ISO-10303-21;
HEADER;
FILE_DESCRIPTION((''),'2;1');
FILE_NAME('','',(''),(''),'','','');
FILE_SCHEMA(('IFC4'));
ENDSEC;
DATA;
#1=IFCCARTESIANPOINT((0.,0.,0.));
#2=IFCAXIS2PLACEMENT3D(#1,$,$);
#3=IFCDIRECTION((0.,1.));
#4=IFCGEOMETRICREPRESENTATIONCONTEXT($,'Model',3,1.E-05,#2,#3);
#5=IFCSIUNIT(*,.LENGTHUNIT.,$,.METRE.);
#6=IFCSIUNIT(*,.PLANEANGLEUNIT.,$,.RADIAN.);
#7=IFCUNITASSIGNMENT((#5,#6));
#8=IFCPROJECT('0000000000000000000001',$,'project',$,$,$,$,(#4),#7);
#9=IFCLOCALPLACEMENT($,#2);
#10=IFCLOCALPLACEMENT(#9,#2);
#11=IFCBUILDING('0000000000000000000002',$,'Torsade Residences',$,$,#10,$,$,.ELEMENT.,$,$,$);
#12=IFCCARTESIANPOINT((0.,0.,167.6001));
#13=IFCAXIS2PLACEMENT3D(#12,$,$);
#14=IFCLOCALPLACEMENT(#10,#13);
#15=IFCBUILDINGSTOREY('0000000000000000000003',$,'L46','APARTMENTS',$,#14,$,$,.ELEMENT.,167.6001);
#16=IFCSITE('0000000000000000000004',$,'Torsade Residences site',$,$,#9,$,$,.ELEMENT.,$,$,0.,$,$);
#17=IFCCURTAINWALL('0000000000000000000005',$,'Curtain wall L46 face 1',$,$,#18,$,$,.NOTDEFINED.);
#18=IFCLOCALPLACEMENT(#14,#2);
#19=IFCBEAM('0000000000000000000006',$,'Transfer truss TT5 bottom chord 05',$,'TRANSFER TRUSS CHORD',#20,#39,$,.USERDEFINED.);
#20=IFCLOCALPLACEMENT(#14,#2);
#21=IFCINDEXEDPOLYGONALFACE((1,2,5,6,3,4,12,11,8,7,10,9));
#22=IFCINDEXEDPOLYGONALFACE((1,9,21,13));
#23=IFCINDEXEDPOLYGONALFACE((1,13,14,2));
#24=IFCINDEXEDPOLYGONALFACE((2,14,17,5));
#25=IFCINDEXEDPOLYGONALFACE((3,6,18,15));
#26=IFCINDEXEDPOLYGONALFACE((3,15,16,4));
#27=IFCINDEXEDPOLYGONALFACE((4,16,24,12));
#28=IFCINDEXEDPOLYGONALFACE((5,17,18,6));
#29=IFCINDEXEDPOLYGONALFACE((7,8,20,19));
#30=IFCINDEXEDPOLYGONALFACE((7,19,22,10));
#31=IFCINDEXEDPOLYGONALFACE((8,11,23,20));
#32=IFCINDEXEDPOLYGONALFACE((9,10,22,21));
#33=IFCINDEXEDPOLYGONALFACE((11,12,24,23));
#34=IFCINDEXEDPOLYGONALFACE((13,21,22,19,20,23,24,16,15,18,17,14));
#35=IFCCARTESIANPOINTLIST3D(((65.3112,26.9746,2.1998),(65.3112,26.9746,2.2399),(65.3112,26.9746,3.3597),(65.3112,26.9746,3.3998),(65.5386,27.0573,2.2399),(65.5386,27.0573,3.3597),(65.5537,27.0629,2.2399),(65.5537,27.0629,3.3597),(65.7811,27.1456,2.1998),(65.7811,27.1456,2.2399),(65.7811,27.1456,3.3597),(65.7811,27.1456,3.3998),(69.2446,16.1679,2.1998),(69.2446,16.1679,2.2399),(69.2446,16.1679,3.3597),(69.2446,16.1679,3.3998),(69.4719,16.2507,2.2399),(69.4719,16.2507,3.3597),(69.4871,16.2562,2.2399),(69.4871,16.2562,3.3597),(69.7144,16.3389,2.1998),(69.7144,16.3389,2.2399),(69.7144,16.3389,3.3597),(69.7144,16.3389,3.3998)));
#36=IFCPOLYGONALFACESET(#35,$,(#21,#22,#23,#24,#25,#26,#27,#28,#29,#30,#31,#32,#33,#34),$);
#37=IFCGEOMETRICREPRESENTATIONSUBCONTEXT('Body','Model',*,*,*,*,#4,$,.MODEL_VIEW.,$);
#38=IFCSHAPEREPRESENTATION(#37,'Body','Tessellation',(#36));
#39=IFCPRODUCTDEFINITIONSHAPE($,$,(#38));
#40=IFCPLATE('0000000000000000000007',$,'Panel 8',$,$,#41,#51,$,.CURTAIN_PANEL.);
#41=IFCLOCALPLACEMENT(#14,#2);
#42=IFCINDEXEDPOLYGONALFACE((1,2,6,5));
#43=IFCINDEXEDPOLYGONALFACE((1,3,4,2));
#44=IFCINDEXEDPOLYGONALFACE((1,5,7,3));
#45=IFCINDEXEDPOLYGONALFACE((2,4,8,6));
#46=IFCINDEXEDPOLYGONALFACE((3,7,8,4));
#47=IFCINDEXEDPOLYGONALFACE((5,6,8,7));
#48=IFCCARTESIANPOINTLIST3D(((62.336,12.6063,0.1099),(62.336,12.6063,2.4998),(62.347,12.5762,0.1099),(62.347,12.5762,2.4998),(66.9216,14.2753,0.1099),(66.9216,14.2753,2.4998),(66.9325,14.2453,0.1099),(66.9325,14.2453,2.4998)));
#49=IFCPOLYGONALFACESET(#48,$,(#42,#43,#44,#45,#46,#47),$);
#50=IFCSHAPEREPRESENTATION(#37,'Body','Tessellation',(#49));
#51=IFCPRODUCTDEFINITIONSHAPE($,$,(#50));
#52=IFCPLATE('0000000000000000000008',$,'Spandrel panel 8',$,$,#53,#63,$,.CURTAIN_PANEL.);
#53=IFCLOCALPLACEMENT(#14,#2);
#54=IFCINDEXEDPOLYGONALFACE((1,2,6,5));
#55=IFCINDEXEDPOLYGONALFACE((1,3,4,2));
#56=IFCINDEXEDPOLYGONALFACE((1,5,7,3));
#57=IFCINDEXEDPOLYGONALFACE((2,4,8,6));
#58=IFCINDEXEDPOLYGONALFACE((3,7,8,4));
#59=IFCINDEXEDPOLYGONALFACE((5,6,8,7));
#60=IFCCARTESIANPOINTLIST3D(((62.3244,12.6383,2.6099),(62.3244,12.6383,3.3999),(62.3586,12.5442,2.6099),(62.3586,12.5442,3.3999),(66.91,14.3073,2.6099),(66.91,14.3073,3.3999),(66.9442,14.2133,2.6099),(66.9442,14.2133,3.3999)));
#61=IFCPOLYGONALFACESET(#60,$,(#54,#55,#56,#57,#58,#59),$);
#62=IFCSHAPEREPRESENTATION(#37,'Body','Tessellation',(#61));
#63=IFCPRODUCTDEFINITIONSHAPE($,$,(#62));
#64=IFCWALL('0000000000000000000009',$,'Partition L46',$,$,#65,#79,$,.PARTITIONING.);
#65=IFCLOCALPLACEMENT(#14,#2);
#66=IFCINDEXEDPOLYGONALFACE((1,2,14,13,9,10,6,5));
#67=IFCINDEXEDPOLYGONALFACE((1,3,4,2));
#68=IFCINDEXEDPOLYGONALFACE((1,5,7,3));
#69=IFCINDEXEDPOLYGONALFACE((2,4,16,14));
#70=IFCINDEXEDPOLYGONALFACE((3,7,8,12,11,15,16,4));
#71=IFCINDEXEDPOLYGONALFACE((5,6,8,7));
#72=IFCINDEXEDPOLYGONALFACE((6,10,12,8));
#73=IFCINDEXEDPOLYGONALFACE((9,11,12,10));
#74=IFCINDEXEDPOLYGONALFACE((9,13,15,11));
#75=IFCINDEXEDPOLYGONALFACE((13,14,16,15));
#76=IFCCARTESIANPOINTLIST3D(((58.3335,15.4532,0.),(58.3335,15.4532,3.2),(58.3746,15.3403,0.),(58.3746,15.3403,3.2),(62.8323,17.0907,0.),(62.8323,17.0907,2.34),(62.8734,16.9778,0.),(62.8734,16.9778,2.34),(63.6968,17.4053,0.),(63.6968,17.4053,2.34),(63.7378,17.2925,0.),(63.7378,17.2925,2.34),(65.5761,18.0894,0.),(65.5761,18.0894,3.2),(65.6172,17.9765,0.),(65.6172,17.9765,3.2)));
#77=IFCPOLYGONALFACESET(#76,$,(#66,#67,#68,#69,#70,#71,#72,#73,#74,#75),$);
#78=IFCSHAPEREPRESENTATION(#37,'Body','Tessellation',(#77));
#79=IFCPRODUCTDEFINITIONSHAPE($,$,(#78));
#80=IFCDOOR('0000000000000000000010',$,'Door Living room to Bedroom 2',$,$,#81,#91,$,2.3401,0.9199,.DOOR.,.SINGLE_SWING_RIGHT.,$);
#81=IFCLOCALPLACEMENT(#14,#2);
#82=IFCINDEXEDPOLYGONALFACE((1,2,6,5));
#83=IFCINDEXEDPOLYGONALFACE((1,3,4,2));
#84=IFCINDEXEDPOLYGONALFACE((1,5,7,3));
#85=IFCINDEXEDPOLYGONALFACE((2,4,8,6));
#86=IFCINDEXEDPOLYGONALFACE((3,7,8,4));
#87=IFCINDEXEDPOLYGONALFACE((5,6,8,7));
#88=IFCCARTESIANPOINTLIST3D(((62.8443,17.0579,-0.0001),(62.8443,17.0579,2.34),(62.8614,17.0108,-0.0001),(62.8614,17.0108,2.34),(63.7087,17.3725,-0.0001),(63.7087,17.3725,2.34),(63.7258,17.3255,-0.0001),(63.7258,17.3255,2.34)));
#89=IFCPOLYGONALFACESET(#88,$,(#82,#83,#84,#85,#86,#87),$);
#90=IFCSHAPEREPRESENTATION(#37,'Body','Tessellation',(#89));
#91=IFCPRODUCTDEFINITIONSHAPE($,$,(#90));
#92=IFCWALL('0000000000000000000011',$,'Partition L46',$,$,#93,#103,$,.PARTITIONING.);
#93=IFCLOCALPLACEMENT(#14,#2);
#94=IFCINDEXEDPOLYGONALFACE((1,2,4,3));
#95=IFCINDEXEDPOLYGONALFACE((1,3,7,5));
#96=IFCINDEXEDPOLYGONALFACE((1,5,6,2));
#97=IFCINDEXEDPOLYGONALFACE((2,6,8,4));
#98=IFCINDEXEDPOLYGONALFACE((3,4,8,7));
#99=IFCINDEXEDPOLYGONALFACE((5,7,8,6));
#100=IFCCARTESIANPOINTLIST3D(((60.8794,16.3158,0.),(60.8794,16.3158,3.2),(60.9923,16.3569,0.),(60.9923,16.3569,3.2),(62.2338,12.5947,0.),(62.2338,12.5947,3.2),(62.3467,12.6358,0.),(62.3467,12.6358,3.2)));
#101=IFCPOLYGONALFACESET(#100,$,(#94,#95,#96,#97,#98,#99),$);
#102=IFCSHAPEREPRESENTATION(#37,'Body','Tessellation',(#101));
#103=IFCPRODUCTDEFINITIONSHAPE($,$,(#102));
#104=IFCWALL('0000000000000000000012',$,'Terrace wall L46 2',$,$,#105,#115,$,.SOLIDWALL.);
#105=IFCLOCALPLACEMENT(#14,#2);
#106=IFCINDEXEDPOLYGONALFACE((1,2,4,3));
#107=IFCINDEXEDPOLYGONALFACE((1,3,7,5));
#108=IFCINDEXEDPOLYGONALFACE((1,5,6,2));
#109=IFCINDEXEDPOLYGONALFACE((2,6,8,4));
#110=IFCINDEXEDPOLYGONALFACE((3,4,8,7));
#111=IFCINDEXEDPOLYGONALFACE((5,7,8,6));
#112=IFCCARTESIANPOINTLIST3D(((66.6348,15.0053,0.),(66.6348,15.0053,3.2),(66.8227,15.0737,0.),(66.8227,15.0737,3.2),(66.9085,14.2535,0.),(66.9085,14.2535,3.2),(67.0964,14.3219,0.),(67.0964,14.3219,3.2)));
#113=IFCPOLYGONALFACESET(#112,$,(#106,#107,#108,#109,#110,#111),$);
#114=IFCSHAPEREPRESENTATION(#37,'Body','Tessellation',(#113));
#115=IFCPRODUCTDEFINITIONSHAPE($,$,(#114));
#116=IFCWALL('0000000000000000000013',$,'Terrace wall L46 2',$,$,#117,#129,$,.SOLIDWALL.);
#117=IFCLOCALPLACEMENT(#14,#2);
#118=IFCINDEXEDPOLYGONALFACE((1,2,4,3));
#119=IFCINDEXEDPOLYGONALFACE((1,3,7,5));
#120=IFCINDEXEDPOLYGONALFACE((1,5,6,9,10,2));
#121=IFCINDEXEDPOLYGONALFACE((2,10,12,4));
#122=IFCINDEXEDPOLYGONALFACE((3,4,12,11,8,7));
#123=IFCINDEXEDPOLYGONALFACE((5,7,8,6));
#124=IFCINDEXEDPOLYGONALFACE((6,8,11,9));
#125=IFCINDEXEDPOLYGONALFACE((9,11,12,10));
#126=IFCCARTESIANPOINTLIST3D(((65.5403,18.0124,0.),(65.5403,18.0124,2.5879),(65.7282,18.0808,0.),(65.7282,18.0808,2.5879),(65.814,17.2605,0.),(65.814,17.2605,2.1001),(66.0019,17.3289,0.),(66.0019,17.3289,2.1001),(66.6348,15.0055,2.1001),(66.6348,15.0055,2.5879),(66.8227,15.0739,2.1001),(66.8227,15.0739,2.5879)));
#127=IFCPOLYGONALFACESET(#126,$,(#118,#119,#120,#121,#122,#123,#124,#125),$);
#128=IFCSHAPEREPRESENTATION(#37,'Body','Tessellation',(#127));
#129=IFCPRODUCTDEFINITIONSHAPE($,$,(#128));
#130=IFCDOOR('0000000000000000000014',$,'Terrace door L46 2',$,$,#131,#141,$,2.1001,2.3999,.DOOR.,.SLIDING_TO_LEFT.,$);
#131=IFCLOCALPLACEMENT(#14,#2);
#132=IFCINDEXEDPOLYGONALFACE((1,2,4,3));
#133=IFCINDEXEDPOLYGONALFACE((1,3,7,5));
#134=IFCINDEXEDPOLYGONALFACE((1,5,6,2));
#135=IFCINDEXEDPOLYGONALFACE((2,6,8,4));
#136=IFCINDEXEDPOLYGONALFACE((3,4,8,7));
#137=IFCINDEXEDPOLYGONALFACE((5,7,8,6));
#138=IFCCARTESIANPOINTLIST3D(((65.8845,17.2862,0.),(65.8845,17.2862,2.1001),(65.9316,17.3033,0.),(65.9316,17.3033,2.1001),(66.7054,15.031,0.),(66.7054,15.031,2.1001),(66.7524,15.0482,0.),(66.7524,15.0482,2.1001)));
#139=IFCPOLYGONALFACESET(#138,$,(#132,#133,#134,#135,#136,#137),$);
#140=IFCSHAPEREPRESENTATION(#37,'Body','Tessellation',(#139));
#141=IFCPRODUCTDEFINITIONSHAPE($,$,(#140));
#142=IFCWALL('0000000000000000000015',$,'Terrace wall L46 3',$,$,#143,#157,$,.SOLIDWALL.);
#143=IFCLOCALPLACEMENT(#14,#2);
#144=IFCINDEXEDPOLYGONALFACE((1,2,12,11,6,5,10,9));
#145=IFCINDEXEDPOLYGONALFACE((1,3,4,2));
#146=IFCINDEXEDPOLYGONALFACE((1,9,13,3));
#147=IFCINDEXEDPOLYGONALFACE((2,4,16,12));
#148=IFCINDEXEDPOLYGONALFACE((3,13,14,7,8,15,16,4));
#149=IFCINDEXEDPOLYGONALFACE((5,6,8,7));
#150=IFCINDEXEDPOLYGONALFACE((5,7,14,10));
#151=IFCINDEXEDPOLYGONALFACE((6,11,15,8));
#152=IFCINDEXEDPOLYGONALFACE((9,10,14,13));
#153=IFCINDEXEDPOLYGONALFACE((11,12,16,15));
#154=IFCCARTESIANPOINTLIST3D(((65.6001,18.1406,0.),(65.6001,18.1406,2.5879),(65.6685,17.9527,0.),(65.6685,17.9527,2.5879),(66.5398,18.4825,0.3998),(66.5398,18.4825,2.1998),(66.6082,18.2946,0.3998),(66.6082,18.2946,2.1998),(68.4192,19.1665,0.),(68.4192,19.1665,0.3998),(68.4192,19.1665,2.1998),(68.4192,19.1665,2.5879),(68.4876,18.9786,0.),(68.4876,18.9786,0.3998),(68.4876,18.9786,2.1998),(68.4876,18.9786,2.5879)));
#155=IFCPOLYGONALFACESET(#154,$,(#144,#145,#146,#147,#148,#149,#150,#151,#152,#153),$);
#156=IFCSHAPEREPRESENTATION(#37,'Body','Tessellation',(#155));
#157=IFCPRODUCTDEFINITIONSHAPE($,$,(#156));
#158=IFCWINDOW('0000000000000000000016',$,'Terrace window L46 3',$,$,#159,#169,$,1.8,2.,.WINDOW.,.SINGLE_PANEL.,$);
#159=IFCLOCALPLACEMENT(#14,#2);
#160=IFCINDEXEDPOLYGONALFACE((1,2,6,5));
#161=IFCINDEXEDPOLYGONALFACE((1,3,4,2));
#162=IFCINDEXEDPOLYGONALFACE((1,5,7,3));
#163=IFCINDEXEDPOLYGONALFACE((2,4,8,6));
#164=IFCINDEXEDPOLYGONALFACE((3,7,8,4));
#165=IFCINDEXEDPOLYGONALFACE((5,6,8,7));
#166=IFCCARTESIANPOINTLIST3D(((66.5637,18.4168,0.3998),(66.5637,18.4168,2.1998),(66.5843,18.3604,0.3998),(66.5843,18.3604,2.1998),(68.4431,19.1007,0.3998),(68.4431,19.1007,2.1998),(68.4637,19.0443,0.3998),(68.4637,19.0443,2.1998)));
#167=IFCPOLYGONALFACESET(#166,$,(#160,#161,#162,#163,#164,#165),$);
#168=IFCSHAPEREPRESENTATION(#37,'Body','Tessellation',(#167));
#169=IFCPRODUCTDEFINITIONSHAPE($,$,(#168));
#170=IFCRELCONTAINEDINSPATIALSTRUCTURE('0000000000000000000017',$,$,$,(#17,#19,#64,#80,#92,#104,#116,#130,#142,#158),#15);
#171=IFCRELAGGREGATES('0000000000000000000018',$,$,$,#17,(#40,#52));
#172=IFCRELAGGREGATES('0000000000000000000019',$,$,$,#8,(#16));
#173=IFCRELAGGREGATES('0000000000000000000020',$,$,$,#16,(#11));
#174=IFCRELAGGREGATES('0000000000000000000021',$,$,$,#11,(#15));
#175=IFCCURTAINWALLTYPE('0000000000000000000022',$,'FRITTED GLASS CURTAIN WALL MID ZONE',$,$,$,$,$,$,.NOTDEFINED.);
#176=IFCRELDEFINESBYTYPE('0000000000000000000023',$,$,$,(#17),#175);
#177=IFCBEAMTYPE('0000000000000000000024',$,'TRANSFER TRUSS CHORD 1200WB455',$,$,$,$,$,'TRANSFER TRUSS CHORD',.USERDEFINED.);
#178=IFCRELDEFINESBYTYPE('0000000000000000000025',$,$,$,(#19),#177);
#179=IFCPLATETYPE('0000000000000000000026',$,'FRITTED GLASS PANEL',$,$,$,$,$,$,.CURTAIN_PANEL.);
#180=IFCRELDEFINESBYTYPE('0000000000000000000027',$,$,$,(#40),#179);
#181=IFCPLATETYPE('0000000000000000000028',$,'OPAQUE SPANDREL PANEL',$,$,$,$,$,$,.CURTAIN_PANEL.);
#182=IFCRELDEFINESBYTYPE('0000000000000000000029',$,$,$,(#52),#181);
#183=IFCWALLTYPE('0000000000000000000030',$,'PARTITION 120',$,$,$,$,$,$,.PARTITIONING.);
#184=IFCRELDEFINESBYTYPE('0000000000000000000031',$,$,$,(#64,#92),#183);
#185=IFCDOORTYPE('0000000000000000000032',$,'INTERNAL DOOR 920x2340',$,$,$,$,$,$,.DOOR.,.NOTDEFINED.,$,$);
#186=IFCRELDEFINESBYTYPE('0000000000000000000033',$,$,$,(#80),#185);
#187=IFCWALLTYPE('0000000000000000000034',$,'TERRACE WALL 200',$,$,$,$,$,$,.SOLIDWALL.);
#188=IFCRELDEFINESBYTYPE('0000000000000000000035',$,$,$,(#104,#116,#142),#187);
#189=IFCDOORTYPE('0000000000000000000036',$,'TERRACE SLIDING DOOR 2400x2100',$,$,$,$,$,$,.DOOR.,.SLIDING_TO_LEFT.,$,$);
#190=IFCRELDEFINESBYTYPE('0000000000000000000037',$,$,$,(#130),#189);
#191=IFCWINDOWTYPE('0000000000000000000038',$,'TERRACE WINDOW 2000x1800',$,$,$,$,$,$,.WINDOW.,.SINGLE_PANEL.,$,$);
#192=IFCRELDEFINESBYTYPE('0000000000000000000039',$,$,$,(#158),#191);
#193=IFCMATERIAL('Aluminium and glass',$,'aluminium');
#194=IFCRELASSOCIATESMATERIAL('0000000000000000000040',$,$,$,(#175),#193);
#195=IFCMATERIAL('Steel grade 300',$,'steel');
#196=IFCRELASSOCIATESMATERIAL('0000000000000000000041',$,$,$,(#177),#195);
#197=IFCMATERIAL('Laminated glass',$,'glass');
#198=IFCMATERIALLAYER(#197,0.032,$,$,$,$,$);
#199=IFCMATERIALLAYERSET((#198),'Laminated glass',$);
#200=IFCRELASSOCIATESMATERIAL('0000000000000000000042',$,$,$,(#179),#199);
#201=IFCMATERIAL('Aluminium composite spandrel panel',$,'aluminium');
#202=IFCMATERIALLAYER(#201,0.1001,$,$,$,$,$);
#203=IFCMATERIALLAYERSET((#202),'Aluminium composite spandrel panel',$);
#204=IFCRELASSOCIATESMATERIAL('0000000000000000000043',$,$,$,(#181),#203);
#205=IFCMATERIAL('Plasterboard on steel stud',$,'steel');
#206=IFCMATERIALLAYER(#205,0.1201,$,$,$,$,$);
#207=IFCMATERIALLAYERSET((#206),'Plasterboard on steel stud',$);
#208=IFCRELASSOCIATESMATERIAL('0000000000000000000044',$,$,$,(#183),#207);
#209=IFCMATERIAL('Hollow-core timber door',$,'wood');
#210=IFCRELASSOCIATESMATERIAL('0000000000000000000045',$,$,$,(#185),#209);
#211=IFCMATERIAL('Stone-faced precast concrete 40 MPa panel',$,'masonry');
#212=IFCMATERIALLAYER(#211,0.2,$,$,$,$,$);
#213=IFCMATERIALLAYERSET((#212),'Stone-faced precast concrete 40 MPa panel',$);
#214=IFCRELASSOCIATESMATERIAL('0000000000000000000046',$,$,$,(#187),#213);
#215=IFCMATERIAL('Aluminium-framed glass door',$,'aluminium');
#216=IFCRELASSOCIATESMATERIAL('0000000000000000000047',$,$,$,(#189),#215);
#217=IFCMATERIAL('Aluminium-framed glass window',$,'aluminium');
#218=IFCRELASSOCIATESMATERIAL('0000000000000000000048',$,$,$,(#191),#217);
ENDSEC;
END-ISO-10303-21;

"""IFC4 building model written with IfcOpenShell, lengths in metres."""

from ifc_helpers import new_model, si_unit, direction, frame, frame_2d, origin, origin_2d, place, context, subcontext, project, spatial, rectangle, i_section, extrude, material, layer, layer_set, material_profile, profile_set, type_object, element, fill, aggregate, save


model = new_model("IFC4")

# Units and contexts
model_context = context("Model", 3, precision=1e-05, world=origin(), true_north=direction((0.0, 1.0)))
body_context = subcontext(model_context, "Body", "Model", "MODEL_VIEW")
ifc_project = project(units=[si_unit("LENGTHUNIT", "METRE"), si_unit("PLANEANGLEUNIT", "RADIAN")], contexts=[model_context])

# Site, building, storey
site_placement = place(None, origin())
site = spatial("IfcSite", under=ifc_project, at=site_placement, Name="Torsade Residences site", CompositionType="ELEMENT", RefElevation=0.0)
building_placement = place(site_placement, origin())
building = spatial("IfcBuilding", under=site, at=building_placement, Name="Torsade Residences", CompositionType="ELEMENT")
storey_placement = place(building_placement, frame((0.0, 0.0, 167.6001)))
storey = spatial("IfcBuildingStorey", under=building, at=storey_placement, Name="L46", Description="APARTMENTS", CompositionType="ELEMENT", Elevation=167.6001)

# Curtain wall
ifc_material_1 = material(Name="Aluminium and glass", Category="aluminium")
curtain_wall_type = type_object("IfcCurtainWallType", Name="FRITTED GLASS CURTAIN WALL MID ZONE", PredefinedType="NOTDEFINED", material=ifc_material_1)
curtain_wall_placement = place(storey_placement, origin())
curtain_wall = element("IfcCurtainWall", 1, at=curtain_wall_placement, inside=storey, type_object=curtain_wall_type, Name="Curtain wall L46 face 1", PredefinedType="NOTDEFINED")

# Beam
ifc_material_2 = material(Name="Steel grade 300", Category="steel")
ifc_material_profile_1 = material_profile(ifc_material_2, i_section(OverallWidth=0.5, OverallDepth=1.2, WebThickness=0.0161, FlangeThickness=0.04, at=origin_2d()), Name="1200WB455")
ifc_profile_set_1 = profile_set([ifc_material_profile_1], Name="Steel grade 300")
beam_type_1 = type_object("IfcBeamType", Name="TRANSFER TRUSS CHORD 1200WB455", ElementType="TRANSFER TRUSS CHORD", PredefinedType="USERDEFINED", material=ifc_profile_set_1)
beam_1_placement = place(storey_placement, frame((69.4795, 16.2534, 2.7998), z_axis=(-0.342024, 0.939691, 0.0), x_axis=(-0.939691, -0.342024, 0.0)))
element("IfcBeam", 2, at=beam_1_placement, inside=storey, type_object=beam_type_1, Name="Transfer truss TT5 bottom chord 05", ObjectType="TRANSFER TRUSS CHORD", PredefinedType="USERDEFINED", context=body_context, shape_type="SweptSolid", body=[
    extrude(i_section(OverallWidth=0.5, OverallDepth=1.2, WebThickness=0.0161, FlangeThickness=0.04, at=origin_2d()), origin(), (0.0, 0.0, 1.0), 11.5002),
])

# Plates
ifc_material_3 = material(Name="Laminated glass", Category="glass")
ifc_layer_1 = layer(ifc_material_3, 0.032)
ifc_layer_set_1 = layer_set([ifc_layer_1], Name="Laminated glass")
plate_type_1 = type_object("IfcPlateType", Name="FRITTED GLASS PANEL", PredefinedType="CURTAIN_PANEL", material=ifc_layer_set_1)
plate_1_placement = place(storey_placement, frame((64.6343, 13.4258, 0.1099), z_axis=(0.0, 0.0, 1.0), x_axis=(0.939693, 0.34202, 0.0)))
plate_1 = element("IfcPlate", 3, at=plate_1_placement, type_object=plate_type_1, Name="Panel 8", PredefinedType="CURTAIN_PANEL", context=body_context, shape_type="SweptSolid", body=[
    extrude(rectangle(XDim=4.8799, YDim=0.032, at=origin_2d()), origin(), (0.0, 0.0, 1.0), 2.3899),
])
ifc_material_4 = material(Name="Aluminium composite spandrel panel", Category="aluminium")
ifc_layer_2 = layer(ifc_material_4, 0.1001)
ifc_layer_set_2 = layer_set([ifc_layer_2], Name="Aluminium composite spandrel panel")
plate_type_2 = type_object("IfcPlateType", Name="OPAQUE SPANDREL PANEL", PredefinedType="CURTAIN_PANEL", material=ifc_layer_set_2)
plate_2_placement = place(storey_placement, frame((64.6343, 13.4258, 2.6099), z_axis=(0.0, 0.0, 1.0), x_axis=(0.939693, 0.34202, 0.0)))
plate_2 = element("IfcPlate", 4, at=plate_2_placement, type_object=plate_type_2, Name="Spandrel panel 8", PredefinedType="CURTAIN_PANEL", context=body_context, shape_type="SweptSolid", body=[
    extrude(rectangle(XDim=4.8799, YDim=0.1001, at=origin_2d()), origin(), (0.0, 0.0, 1.0), 0.79),
])
aggregate(curtain_wall, [plate_1, plate_2])

# Wall, opening, door
ifc_material_5 = material(Name="Plasterboard on steel stud", Category="steel")
ifc_layer_3 = layer(ifc_material_5, 0.1201)
ifc_layer_set_3 = layer_set([ifc_layer_3], Name="Plasterboard on steel stud")
wall_type_1 = type_object("IfcWallType", Name="PARTITION 120", PredefinedType="PARTITIONING", material=ifc_layer_set_3)
wall_1_placement = place(storey_placement, frame((65.5967, 18.033, 0.0), z_axis=(0.0, 0.0, 1.0), x_axis=(-0.939688, -0.342033, 0.0)))
wall_1 = element("IfcWall", 5, at=wall_1_placement, inside=storey, type_object=wall_type_1, Name="Partition L46", PredefinedType="PARTITIONING", context=body_context, shape_type="SweptSolid", body=[
    extrude(rectangle(XDim=7.7075, YDim=0.1201, at=frame_2d((3.8538, 0.0))), origin(), (0.0, 0.0, 1.0), 3.2),
])
opening_1_placement = place(wall_1_placement, frame((2.0, 0.0, 0.0)))
opening_1 = element("IfcOpeningElement", 6, at=opening_1_placement, cuts=wall_1, PredefinedType="OPENING", context=body_context, shape_type="SweptSolid", body=[
    extrude(rectangle(XDim=0.9199, YDim=2.3401, at=frame_2d((0.46, 1.1699))), frame((0.0, 0.0701, 0.0), z_axis=(0.0, -1.0, 0.0), x_axis=(1.0, 0.0, 0.0)), (0.0, 0.0, 1.0), 0.1401),
])
ifc_material_6 = material(Name="Hollow-core timber door", Category="wood")
door_type_1 = type_object("IfcDoorType", Name="INTERNAL DOOR 920x2340", OperationType="NOTDEFINED", PredefinedType="DOOR", material=ifc_material_6)
door_1_placement = place(opening_1_placement, origin())
door_1 = element("IfcDoor", 7, at=door_1_placement, inside=storey, type_object=door_type_1, Name="Door Living room to Bedroom 2", OperationType="SINGLE_SWING_RIGHT", OverallHeight=2.3401, OverallWidth=0.9199, PredefinedType="DOOR", context=body_context, shape_type="SweptSolid", body=[
    extrude(rectangle(XDim=0.9199, YDim=2.3401, at=frame_2d((0.46, 1.1699))), frame((0.0, 0.0249, 0.0), z_axis=(0.0, -1.0, 0.0), x_axis=(1.0, 0.0, 0.0)), (0.0, 0.0, 1.0), 0.05),
])
fill(opening_1, door_1)

# Walls
wall_2_placement = place(storey_placement, frame((62.2903, 12.6152, 0.0), z_axis=(0.0, 0.0, 1.0), x_axis=(-0.34204, 0.939685, 0.0)))
element("IfcWall", 8, at=wall_2_placement, inside=storey, type_object=wall_type_1, Name="Partition L46", PredefinedType="PARTITIONING", context=body_context, shape_type="SweptSolid", body=[
    extrude(rectangle(XDim=3.96, YDim=0.1201, at=frame_2d((1.98, 0.0))), origin(), (0.0, 0.0, 1.0), 3.2),
])
ifc_material_7 = material(Name="Stone-faced precast concrete 40 MPa panel", Category="masonry")
ifc_layer_4 = layer(ifc_material_7, 0.2)
ifc_layer_set_4 = layer_set([ifc_layer_4], Name="Stone-faced precast concrete 40 MPa panel")
wall_type_2 = type_object("IfcWallType", Name="TERRACE WALL 200", PredefinedType="SOLIDWALL", material=ifc_layer_set_4)
wall_3_placement = place(storey_placement, frame((67.0024, 14.2878, 0.0), z_axis=(0.0, 0.0, 1.0), x_axis=(-0.342111, 0.93966, 0.0)))
element("IfcWall", 9, at=wall_3_placement, inside=storey, type_object=wall_type_2, Name="Terrace wall L46 2", PredefinedType="SOLIDWALL", context=body_context, shape_type="SweptSolid", body=[
    extrude(rectangle(XDim=0.8, YDim=0.2, at=frame_2d((0.3999, 0.0))), origin(), (0.0, 0.0, 1.0), 3.2),
])

# Wall, opening, door
wall_4_placement = place(storey_placement, frame((66.7288, 15.0396, 0.0), z_axis=(0.0, 0.0, 1.0), x_axis=(-0.342019, 0.939693, 0.0)))
wall_4 = element("IfcWall", 10, at=wall_4_placement, inside=storey, type_object=wall_type_2, Name="Terrace wall L46 2", PredefinedType="SOLIDWALL", context=body_context, shape_type="SweptSolid", body=[
    extrude(rectangle(XDim=3.2, YDim=0.2, at=frame_2d((1.6001, 0.0))), origin(), (0.0, 0.0, 1.0), 2.5879),
])
opening_2_placement = place(wall_4_placement, origin())
opening_2 = element("IfcOpeningElement", 11, at=opening_2_placement, cuts=wall_4, PredefinedType="OPENING", context=body_context, shape_type="SweptSolid", body=[
    extrude(rectangle(XDim=2.3999, YDim=2.1001, at=frame_2d((1.2, 1.05))), frame((0.0, 0.1099, 0.0), z_axis=(0.0, -1.0, 0.0), x_axis=(1.0, 0.0, 0.0)), (0.0, 0.0, 1.0), 0.22),
])
ifc_material_8 = material(Name="Aluminium-framed glass door", Category="aluminium")
door_type_2 = type_object("IfcDoorType", Name="TERRACE SLIDING DOOR 2400x2100", OperationType="SLIDING_TO_LEFT", PredefinedType="DOOR", material=ifc_material_8)
door_2_placement = place(opening_2_placement, origin())
door_2 = element("IfcDoor", 12, at=door_2_placement, inside=storey, type_object=door_type_2, Name="Terrace door L46 2", OperationType="SLIDING_TO_LEFT", OverallHeight=2.1001, OverallWidth=2.3999, PredefinedType="DOOR", context=body_context, shape_type="SweptSolid", body=[
    extrude(rectangle(XDim=2.3999, YDim=2.1001, at=frame_2d((1.2, 1.05))), frame((0.0, 0.0249, 0.0), z_axis=(0.0, -1.0, 0.0), x_axis=(1.0, 0.0, 0.0)), (0.0, 0.0, 1.0), 0.05),
])
fill(opening_2, door_2)

# Wall, opening, window
wall_5_placement = place(storey_placement, frame((65.6343, 18.0466, 0.0), z_axis=(0.0, 0.0, 1.0), x_axis=(0.939713, 0.341965, 0.0)))
wall_5 = element("IfcWall", 13, at=wall_5_placement, inside=storey, type_object=wall_type_2, Name="Terrace wall L46 3", PredefinedType="SOLIDWALL", context=body_context, shape_type="SweptSolid", body=[
    extrude(rectangle(XDim=3.0, YDim=0.2, at=frame_2d((1.5, 0.0))), origin(), (0.0, 0.0, 1.0), 2.5879),
])
opening_3_placement = place(wall_5_placement, frame((1.0, 0.0, 0.3999)))
opening_3 = element("IfcOpeningElement", 14, at=opening_3_placement, cuts=wall_5, PredefinedType="OPENING", context=body_context, shape_type="SweptSolid", body=[
    extrude(rectangle(XDim=2.0, YDim=1.8, at=frame_2d((1.0, 0.8999))), frame((0.0, 0.1099, 0.0), z_axis=(0.0, -1.0, 0.0), x_axis=(1.0, 0.0, 0.0)), (0.0, 0.0, 1.0), 0.22),
])
ifc_material_9 = material(Name="Aluminium-framed glass window", Category="aluminium")
window_type = type_object("IfcWindowType", Name="TERRACE WINDOW 2000x1800", PartitioningType="SINGLE_PANEL", PredefinedType="WINDOW", material=ifc_material_9)
window_placement = place(opening_3_placement, origin())
window = element("IfcWindow", 15, at=window_placement, inside=storey, type_object=window_type, Name="Terrace window L46 3", OverallHeight=1.8, OverallWidth=2.0, PartitioningType="SINGLE_PANEL", PredefinedType="WINDOW", context=body_context, shape_type="SweptSolid", body=[
    extrude(rectangle(XDim=2.0, YDim=1.8, at=frame_2d((1.0, 0.8999))), frame((0.0, 0.03, 0.0), z_axis=(0.0, -1.0, 0.0), x_axis=(1.0, 0.0, 0.0)), (0.0, 0.0, 1.0), 0.0601),
])
fill(opening_3, window)

save(model, "model.ifc")
